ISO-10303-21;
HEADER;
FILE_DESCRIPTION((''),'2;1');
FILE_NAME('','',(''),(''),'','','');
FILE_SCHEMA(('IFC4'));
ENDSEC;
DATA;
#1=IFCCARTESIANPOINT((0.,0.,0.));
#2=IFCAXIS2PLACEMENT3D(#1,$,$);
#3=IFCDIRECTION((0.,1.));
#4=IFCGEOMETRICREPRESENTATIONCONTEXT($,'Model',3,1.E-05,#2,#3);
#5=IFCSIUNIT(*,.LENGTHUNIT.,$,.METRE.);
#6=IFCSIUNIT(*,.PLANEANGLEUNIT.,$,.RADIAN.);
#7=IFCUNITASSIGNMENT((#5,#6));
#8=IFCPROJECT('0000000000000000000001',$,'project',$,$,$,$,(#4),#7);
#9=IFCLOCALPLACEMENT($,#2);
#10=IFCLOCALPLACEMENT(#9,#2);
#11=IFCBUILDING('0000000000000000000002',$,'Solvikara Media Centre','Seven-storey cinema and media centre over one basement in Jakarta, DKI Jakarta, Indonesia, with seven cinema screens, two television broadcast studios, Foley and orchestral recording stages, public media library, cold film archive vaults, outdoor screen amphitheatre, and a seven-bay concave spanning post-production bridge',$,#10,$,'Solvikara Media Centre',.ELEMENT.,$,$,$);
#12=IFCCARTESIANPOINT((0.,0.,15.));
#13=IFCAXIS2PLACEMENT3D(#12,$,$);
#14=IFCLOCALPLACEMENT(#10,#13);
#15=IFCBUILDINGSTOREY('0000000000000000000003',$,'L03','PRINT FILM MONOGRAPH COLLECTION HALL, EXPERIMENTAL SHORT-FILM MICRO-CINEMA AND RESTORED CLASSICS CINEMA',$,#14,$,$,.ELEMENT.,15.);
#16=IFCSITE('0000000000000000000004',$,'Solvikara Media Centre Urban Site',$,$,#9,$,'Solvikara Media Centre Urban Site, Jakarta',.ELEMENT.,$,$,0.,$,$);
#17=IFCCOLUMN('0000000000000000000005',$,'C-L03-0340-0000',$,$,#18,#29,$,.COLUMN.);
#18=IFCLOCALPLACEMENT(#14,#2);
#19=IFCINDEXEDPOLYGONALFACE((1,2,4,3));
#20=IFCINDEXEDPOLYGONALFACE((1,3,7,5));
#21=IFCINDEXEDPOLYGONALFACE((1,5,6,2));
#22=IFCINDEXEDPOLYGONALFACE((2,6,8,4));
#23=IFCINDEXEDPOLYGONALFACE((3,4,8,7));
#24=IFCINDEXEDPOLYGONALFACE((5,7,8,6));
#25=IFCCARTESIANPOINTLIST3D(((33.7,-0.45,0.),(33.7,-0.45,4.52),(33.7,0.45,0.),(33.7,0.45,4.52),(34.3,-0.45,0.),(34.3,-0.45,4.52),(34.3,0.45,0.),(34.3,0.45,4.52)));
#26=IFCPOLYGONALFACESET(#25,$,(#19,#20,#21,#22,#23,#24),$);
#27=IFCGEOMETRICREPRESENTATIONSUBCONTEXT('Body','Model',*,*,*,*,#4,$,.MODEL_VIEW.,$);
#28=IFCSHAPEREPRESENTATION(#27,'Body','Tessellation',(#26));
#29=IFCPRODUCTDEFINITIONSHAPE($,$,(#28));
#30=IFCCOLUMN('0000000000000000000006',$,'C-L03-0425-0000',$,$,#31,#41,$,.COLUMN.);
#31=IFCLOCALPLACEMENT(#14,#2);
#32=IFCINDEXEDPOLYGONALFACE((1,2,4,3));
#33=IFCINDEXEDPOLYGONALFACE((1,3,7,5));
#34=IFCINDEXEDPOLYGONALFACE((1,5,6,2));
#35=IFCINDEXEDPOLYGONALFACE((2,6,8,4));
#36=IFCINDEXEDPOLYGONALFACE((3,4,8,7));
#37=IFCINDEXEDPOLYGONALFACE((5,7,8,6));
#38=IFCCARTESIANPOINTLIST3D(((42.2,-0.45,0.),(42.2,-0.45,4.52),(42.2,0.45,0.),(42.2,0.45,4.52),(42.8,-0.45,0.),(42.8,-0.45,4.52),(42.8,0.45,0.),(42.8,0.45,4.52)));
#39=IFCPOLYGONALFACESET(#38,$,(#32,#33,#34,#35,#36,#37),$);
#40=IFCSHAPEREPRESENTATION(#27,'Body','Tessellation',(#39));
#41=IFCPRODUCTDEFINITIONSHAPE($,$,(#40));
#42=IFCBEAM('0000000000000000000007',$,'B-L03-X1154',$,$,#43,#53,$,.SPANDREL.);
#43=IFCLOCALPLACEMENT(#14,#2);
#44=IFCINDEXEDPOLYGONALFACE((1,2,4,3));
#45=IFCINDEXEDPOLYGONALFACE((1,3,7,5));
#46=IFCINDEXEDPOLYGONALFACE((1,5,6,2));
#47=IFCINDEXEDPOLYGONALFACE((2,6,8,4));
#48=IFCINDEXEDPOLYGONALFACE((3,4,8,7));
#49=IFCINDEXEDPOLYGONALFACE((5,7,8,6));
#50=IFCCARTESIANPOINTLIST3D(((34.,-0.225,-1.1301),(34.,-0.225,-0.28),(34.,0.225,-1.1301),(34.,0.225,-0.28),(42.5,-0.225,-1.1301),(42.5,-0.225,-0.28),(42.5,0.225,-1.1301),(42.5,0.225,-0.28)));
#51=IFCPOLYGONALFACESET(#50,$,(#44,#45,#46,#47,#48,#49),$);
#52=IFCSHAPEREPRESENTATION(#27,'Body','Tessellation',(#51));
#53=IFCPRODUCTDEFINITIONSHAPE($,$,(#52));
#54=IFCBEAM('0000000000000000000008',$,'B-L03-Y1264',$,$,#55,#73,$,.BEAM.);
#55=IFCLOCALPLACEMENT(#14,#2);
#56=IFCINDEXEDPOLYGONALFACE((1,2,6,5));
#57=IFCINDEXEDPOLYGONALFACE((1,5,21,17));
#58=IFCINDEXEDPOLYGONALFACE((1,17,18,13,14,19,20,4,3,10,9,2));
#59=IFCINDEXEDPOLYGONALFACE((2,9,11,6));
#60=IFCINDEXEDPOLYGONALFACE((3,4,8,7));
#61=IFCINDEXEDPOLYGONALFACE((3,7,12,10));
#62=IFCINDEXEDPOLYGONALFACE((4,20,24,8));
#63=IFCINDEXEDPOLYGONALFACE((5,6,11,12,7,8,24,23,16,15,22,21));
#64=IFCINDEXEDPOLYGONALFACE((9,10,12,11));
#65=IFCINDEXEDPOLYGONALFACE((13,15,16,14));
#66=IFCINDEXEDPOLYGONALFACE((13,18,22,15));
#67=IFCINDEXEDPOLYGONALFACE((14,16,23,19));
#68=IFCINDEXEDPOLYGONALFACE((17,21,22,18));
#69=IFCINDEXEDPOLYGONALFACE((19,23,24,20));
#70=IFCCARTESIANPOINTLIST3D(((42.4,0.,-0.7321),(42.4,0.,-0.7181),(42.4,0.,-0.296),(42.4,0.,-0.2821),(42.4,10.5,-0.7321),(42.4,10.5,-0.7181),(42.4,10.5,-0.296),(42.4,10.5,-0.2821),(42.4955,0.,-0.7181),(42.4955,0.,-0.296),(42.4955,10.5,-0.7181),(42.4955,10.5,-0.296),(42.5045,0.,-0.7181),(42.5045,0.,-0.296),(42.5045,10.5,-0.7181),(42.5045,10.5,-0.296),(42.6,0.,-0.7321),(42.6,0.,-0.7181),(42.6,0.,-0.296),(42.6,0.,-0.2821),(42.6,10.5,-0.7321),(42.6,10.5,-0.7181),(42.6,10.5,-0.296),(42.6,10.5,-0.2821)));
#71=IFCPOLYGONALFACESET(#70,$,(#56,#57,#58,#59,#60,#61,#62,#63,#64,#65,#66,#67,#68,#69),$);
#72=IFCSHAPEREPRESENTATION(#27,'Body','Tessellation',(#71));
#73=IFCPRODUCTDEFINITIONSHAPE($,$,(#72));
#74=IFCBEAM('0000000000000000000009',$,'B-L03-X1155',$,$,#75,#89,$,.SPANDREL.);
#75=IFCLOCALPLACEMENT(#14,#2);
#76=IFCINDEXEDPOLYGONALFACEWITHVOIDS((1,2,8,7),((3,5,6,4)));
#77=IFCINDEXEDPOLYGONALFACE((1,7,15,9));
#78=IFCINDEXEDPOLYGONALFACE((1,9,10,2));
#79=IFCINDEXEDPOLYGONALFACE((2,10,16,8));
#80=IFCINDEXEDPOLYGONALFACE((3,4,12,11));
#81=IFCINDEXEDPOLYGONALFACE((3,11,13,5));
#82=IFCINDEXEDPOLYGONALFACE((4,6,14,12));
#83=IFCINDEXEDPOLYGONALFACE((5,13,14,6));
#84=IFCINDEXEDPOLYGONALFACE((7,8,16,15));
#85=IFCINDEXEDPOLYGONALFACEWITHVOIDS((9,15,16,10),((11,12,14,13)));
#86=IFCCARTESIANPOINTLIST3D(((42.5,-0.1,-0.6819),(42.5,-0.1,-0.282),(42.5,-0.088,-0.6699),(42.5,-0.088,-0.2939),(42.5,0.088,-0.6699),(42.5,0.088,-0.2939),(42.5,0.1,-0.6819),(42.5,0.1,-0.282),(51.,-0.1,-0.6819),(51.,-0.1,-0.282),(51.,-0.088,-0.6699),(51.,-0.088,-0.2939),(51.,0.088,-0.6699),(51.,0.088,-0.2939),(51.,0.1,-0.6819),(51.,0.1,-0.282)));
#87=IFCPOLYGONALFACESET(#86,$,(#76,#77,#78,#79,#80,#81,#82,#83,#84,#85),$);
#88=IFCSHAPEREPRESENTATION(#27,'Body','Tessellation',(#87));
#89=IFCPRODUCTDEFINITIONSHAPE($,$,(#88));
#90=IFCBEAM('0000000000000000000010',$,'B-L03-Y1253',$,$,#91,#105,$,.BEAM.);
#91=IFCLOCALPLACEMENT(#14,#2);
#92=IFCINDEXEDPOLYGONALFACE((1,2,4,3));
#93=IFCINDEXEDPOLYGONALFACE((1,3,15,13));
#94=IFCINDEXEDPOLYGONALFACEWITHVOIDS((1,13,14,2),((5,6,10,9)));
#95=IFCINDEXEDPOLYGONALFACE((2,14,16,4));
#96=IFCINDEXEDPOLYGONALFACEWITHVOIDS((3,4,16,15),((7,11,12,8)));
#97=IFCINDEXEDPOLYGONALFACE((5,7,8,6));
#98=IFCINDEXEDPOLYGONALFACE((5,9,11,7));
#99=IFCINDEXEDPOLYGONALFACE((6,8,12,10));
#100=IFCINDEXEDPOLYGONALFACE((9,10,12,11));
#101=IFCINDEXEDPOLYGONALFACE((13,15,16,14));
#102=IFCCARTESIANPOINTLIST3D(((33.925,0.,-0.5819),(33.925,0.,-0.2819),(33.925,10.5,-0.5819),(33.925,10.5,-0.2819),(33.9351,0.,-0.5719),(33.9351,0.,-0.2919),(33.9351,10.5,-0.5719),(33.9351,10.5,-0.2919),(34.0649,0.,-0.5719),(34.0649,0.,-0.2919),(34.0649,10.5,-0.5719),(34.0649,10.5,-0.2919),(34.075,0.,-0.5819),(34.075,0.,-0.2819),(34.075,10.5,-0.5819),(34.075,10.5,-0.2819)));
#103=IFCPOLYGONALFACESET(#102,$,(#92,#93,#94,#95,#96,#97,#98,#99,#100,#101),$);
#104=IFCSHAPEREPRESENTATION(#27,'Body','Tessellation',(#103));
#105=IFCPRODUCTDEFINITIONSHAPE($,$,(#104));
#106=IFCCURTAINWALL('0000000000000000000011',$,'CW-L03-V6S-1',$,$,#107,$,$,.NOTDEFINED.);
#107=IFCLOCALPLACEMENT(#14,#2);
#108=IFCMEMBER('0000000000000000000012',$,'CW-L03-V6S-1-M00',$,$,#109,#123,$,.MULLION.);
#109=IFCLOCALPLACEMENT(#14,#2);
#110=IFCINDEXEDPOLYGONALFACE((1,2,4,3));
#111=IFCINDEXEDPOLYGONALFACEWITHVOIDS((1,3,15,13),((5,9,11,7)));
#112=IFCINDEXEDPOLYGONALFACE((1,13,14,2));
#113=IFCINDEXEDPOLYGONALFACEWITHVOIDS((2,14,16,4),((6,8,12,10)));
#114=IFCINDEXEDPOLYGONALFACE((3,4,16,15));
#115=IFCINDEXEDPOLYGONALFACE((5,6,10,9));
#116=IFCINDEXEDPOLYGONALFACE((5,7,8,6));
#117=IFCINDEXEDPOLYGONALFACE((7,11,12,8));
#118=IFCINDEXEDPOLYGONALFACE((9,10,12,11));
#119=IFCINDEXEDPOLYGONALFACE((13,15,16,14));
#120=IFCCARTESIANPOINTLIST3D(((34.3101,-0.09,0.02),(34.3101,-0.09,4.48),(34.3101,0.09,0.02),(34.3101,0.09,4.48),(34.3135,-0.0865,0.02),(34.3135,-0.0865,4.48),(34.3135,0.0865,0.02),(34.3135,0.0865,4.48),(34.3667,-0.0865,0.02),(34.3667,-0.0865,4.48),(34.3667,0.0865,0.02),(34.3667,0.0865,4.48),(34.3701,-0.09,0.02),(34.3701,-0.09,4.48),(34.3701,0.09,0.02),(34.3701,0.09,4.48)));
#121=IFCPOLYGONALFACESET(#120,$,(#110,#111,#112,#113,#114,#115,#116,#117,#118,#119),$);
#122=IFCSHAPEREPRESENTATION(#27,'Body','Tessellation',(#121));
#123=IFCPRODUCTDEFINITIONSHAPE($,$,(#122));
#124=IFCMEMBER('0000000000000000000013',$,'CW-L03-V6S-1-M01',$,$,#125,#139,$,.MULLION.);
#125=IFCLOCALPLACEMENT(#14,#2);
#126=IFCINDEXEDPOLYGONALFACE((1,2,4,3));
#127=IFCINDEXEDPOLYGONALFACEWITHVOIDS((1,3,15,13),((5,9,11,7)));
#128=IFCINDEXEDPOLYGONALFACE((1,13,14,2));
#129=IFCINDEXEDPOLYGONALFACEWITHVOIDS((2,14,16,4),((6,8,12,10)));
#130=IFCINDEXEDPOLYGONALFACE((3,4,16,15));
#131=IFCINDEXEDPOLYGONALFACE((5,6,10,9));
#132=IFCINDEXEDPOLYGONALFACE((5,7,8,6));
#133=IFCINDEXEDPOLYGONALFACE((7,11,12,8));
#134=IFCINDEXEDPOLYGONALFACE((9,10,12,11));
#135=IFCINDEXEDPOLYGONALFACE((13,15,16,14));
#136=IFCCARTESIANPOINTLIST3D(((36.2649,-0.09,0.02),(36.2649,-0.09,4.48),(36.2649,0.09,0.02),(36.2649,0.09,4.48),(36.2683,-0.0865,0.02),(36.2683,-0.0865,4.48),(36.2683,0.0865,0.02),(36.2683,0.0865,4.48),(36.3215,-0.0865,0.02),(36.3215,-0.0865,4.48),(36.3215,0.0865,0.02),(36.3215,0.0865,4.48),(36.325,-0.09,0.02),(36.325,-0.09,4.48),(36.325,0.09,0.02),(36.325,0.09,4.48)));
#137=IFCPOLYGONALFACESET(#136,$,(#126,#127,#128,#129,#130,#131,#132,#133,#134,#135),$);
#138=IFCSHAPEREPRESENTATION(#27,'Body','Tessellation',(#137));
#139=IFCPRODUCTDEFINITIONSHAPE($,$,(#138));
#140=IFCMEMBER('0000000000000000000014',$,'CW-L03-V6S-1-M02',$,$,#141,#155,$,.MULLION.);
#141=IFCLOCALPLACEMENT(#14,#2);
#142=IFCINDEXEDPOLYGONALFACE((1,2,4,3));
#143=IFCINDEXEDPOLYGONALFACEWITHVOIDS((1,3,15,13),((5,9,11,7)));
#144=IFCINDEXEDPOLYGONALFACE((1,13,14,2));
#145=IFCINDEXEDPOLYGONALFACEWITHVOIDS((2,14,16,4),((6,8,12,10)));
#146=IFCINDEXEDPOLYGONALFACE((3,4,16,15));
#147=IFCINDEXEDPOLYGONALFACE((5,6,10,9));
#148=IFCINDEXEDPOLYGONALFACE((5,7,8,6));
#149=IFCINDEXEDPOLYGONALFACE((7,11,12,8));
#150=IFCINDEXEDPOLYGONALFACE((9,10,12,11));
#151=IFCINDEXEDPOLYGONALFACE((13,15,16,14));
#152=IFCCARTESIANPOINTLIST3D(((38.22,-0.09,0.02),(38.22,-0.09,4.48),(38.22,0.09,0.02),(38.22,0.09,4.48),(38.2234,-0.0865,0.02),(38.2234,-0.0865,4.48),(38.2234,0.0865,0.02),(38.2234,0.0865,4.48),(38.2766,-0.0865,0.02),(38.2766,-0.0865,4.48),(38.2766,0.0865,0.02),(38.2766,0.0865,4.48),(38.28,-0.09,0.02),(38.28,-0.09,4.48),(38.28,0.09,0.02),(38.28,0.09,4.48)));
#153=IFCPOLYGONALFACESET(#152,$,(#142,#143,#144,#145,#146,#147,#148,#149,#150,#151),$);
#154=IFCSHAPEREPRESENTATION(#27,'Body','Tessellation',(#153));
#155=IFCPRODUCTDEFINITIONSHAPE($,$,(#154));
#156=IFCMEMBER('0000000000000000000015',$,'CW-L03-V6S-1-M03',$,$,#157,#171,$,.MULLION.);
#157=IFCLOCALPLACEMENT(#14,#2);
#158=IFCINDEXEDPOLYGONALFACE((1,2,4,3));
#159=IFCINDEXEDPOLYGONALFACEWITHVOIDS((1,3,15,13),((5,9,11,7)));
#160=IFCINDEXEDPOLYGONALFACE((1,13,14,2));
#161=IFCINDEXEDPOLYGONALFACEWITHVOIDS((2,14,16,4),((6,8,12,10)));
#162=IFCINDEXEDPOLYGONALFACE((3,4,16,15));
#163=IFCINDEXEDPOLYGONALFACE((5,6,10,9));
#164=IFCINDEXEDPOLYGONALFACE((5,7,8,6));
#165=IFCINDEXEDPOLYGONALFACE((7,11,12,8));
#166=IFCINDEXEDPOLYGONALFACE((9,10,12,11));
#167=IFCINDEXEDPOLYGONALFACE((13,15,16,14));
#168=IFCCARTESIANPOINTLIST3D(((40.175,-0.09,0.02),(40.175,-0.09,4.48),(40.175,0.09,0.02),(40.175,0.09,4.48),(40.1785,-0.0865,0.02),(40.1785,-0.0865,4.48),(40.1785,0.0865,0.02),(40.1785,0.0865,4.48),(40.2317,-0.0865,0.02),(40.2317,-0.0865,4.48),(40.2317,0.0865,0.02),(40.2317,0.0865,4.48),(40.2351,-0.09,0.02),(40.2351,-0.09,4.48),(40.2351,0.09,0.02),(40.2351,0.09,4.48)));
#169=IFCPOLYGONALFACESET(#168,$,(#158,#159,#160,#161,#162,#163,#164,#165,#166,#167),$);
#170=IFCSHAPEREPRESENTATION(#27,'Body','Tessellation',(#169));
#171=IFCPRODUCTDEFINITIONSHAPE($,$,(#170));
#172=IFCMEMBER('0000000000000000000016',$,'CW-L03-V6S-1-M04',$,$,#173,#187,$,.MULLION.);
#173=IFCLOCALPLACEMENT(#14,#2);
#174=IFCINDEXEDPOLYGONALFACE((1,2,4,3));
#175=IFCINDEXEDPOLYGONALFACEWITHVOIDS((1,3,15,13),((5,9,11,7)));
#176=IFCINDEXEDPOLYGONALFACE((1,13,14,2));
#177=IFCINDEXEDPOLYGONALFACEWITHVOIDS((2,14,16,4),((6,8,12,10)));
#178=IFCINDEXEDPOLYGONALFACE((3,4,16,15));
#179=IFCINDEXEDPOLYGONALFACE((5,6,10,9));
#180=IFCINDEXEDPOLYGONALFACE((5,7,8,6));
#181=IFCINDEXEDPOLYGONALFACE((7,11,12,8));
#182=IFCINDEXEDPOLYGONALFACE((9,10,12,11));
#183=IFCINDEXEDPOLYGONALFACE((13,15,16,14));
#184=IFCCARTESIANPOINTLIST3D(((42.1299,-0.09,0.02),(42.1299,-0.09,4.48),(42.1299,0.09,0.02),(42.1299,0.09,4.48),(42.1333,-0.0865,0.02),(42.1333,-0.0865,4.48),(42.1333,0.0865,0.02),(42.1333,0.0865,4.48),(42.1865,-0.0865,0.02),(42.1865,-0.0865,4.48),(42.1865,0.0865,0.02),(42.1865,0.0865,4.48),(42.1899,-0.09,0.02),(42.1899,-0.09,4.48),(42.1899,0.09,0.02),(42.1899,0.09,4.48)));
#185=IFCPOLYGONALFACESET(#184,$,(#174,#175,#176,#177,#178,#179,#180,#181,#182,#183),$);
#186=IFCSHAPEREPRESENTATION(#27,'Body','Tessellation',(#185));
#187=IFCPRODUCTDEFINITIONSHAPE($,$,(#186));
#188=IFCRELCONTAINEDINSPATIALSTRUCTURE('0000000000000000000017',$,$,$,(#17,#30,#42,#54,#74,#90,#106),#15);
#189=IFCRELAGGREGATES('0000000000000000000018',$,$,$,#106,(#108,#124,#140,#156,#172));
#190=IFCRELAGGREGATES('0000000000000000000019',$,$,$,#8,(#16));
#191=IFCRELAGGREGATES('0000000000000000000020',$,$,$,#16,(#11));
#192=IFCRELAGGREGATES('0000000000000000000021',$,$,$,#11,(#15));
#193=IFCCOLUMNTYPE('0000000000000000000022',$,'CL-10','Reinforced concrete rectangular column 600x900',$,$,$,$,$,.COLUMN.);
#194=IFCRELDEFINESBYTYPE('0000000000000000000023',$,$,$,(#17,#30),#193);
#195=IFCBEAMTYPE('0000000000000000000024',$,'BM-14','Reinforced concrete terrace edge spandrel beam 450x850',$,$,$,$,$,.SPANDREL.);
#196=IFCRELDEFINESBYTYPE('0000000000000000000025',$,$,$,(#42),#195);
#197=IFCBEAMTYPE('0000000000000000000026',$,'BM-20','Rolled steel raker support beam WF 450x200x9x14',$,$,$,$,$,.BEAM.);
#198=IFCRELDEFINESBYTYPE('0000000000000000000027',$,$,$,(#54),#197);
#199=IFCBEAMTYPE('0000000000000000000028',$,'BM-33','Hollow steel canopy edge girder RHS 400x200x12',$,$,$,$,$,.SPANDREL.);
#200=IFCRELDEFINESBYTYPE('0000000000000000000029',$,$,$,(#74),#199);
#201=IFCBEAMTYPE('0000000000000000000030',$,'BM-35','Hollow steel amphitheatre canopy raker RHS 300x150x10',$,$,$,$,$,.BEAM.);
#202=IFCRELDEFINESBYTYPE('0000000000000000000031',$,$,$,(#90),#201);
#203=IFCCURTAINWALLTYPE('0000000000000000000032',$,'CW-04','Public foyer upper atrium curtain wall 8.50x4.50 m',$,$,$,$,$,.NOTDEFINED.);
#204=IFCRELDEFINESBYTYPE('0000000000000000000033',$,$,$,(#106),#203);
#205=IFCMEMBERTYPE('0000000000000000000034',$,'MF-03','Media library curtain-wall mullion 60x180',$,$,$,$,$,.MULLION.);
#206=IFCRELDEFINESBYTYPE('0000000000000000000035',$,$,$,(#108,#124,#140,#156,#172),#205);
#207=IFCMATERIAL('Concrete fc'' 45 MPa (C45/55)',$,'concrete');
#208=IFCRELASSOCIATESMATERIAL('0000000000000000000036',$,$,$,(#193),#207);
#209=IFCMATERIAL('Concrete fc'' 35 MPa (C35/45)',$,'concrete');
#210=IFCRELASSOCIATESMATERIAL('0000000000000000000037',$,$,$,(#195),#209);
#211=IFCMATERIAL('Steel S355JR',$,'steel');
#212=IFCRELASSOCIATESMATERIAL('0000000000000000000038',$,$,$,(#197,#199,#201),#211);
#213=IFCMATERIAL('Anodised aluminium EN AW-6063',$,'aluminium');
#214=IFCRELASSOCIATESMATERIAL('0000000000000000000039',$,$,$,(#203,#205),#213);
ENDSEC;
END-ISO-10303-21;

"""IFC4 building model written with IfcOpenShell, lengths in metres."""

from ifc_helpers import new_model, si_unit, direction, frame, origin, origin_2d, place, context, subcontext, project, spatial, rectangle, hollow_rectangle, i_section, extrude, material, material_profile, profile_set, type_object, element, aggregate, save


model = new_model("IFC4")

# Units and contexts
model_context = context("Model", 3, precision=1e-05, world=origin(), true_north=direction((0.0, 1.0)))
body_context = subcontext(model_context, "Body", "Model", "MODEL_VIEW")
ifc_project = project(units=[si_unit("LENGTHUNIT", "METRE"), si_unit("PLANEANGLEUNIT", "RADIAN")], contexts=[model_context])

# Site, building, storey
site_placement = place(None, origin())
site = spatial("IfcSite", under=ifc_project, at=site_placement, Name="Solvikara Media Centre Urban Site", LongName="Solvikara Media Centre Urban Site, Jakarta", CompositionType="ELEMENT", RefElevation=0.0)
building_placement = place(site_placement, origin())
building = spatial("IfcBuilding", under=site, at=building_placement, Name="Solvikara Media Centre", Description="Seven-storey cinema and media centre over one basement in Jakarta, DKI Jakarta, Indonesia, with seven cinema screens, two television broadcast studios, Foley and orchestral recording stages, public media library, cold film archive vaults, outdoor screen amphitheatre, and a seven-bay concave spanning post-production bridge", LongName="Solvikara Media Centre", CompositionType="ELEMENT")
storey_placement = place(building_placement, frame((0.0, 0.0, 15.0)))
storey = spatial("IfcBuildingStorey", under=building, at=storey_placement, Name="L03", Description="PRINT FILM MONOGRAPH COLLECTION HALL, EXPERIMENTAL SHORT-FILM MICRO-CINEMA AND RESTORED CLASSICS CINEMA", CompositionType="ELEMENT", Elevation=15.0)

# Columns
ifc_material_1 = material(Name="Concrete fc' 45 MPa (C45/55)", Category="concrete")
ifc_material_profile_1 = material_profile(ifc_material_1, rectangle(XDim=0.6001, YDim=0.8999, at=origin_2d()), Name="RC 600x900")
ifc_profile_set_1 = profile_set([ifc_material_profile_1], Name="Concrete fc' 45 MPa (C45/55)")
column_type = type_object("IfcColumnType", Name="CL-10", Description="Reinforced concrete rectangular column 600x900", PredefinedType="COLUMN", material=ifc_profile_set_1)
for number, where, z_axis, x_axis, name in (
    (1, (34.0, 0.0, 0.0), (0.0, 0.0, 1.0), (1.0, 0.0, 0.0), "C-L03-0340-0000"),
    (2, (42.5, 0.0, 0.0), (0.0, 0.0, 1.0), (1.0, 0.0, 0.0), "C-L03-0425-0000"),
):
    element("IfcColumn", number, at=place(storey_placement, frame(where, z_axis=z_axis, x_axis=x_axis)), inside=storey, type_object=column_type, Name=name, PredefinedType="COLUMN", context=body_context, shape_type="SweptSolid", body=[
        extrude(rectangle(XDim=0.6001, YDim=0.8999, at=origin_2d()), origin(), (0.0, 0.0, 1.0), 4.52),
    ])

# Beams
ifc_material_2 = material(Name="Concrete fc' 35 MPa (C35/45)", Category="concrete")
ifc_material_profile_2 = material_profile(ifc_material_2, rectangle(XDim=0.45, YDim=0.8501, at=origin_2d()), Name="RC 450x850")
ifc_profile_set_2 = profile_set([ifc_material_profile_2], Name="Concrete fc' 35 MPa (C35/45)")
beam_type_1 = type_object("IfcBeamType", Name="BM-14", Description="Reinforced concrete terrace edge spandrel beam 450x850", PredefinedType="SPANDREL", material=ifc_profile_set_2)
beam_1_placement = place(storey_placement, frame((34.0, 0.0, -0.7051), z_axis=(1.0, 0.0, 0.0), x_axis=(0.0, 1.0, 0.0)))
element("IfcBeam", 3, at=beam_1_placement, inside=storey, type_object=beam_type_1, Name="B-L03-X1154", PredefinedType="SPANDREL", context=body_context, shape_type="SweptSolid", body=[
    extrude(rectangle(XDim=0.45, YDim=0.8501, at=origin_2d()), origin(), (0.0, 0.0, 1.0), 8.5),
])
ifc_material_3 = material(Name="Steel S355JR", Category="steel")
ifc_material_profile_3 = material_profile(ifc_material_3, i_section(OverallWidth=0.2, OverallDepth=0.45, WebThickness=0.009, FlangeThickness=0.0139, at=origin_2d()), Name="WF 450x200x9x14")
ifc_profile_set_3 = profile_set([ifc_material_profile_3], Name="Steel S355JR")
beam_type_2 = type_object("IfcBeamType", Name="BM-20", Description="Rolled steel raker support beam WF 450x200x9x14", PredefinedType="BEAM", material=ifc_profile_set_3)
beam_2_placement = place(storey_placement, frame((42.5, 0.0, -0.5071), z_axis=(0.0, 1.0, 0.0), x_axis=(-1.0, 0.0, 0.0)))
element("IfcBeam", 4, at=beam_2_placement, inside=storey, type_object=beam_type_2, Name="B-L03-Y1264", PredefinedType="BEAM", context=body_context, shape_type="SweptSolid", body=[
    extrude(i_section(OverallWidth=0.2, OverallDepth=0.45, WebThickness=0.009, FlangeThickness=0.0139, at=origin_2d()), origin(), (0.0, 0.0, 1.0), 10.5),
])
ifc_material_profile_4 = material_profile(ifc_material_3, hollow_rectangle(XDim=0.2, YDim=0.3999, WallThickness=0.012, at=origin_2d()), Name="RHS 400x200x12")
ifc_profile_set_4 = profile_set([ifc_material_profile_4], Name="Steel S355JR")
beam_type_3 = type_object("IfcBeamType", Name="BM-33", Description="Hollow steel canopy edge girder RHS 400x200x12", PredefinedType="SPANDREL", material=ifc_profile_set_4)
beam_3_placement = place(storey_placement, frame((42.5, 0.0, -0.4819), z_axis=(1.0, 0.0, 0.0), x_axis=(0.0, 1.0, 0.0)))
element("IfcBeam", 5, at=beam_3_placement, inside=storey, type_object=beam_type_3, Name="B-L03-X1155", PredefinedType="SPANDREL", context=body_context, shape_type="SweptSolid", body=[
    extrude(hollow_rectangle(XDim=0.2, YDim=0.3999, WallThickness=0.012, at=origin_2d()), origin(), (0.0, 0.0, 1.0), 8.5),
])
ifc_material_profile_5 = material_profile(ifc_material_3, hollow_rectangle(XDim=0.1499, YDim=0.3, WallThickness=0.01, at=origin_2d()), Name="RHS 300x150x10")
ifc_profile_set_5 = profile_set([ifc_material_profile_5], Name="Steel S355JR")
beam_type_4 = type_object("IfcBeamType", Name="BM-35", Description="Hollow steel amphitheatre canopy raker RHS 300x150x10", PredefinedType="BEAM", material=ifc_profile_set_5)
beam_4_placement = place(storey_placement, frame((34.0, 0.0, -0.4319), z_axis=(0.0, 1.0, 0.0), x_axis=(-1.0, 0.0, 0.0)))
element("IfcBeam", 6, at=beam_4_placement, inside=storey, type_object=beam_type_4, Name="B-L03-Y1253", PredefinedType="BEAM", context=body_context, shape_type="SweptSolid", body=[
    extrude(hollow_rectangle(XDim=0.1499, YDim=0.3, WallThickness=0.01, at=origin_2d()), origin(), (0.0, 0.0, 1.0), 10.5),
])

# Curtain wall, members
ifc_material_4 = material(Name="Anodised aluminium EN AW-6063", Category="aluminium")
curtain_wall_type = type_object("IfcCurtainWallType", Name="CW-04", Description="Public foyer upper atrium curtain wall 8.50x4.50 m", PredefinedType="NOTDEFINED", material=ifc_material_4)
curtain_wall_placement = place(storey_placement, origin())
curtain_wall = element("IfcCurtainWall", 7, at=curtain_wall_placement, inside=storey, type_object=curtain_wall_type, Name="CW-L03-V6S-1", PredefinedType="NOTDEFINED")
ifc_material_profile_6 = material_profile(ifc_material_4, hollow_rectangle(XDim=0.0601, YDim=0.1799, WallThickness=0.0034, at=origin_2d()), Name="ALU-M 60x180x3.5")
ifc_profile_set_6 = profile_set([ifc_material_profile_6], Name="Anodised aluminium EN AW-6063")
member_type_1 = type_object("IfcMemberType", Name="MF-03", Description="Media library curtain-wall mullion 60x180", PredefinedType="MULLION", material=ifc_profile_set_6)
member_1_placement = place(storey_placement, frame((34.3401, 0.0, 0.02), z_axis=(0.0, 0.0, 1.0), x_axis=(1.0, 0.0, 0.0)))
member_1 = element("IfcMember", 8, at=member_1_placement, type_object=member_type_1, Name="CW-L03-V6S-1-M00", PredefinedType="MULLION", context=body_context, shape_type="SweptSolid", body=[
    extrude(hollow_rectangle(XDim=0.0601, YDim=0.1799, WallThickness=0.0034, at=origin_2d()), origin(), (0.0, 0.0, 1.0), 4.46),
])
member_2_placement = place(storey_placement, frame((36.2949, 0.0, 0.02), z_axis=(0.0, 0.0, 1.0), x_axis=(1.0, 0.0, 0.0)))
member_2 = element("IfcMember", 9, at=member_2_placement, type_object=member_type_1, Name="CW-L03-V6S-1-M01", PredefinedType="MULLION", context=body_context, shape_type="SweptSolid", body=[
    extrude(hollow_rectangle(XDim=0.0601, YDim=0.1799, WallThickness=0.0034, at=origin_2d()), origin(), (0.0, 0.0, 1.0), 4.46),
])
member_3_placement = place(storey_placement, frame((38.25, 0.0, 0.02), z_axis=(0.0, 0.0, 1.0), x_axis=(1.0, 0.0, 0.0)))
member_3 = element("IfcMember", 10, at=member_3_placement, type_object=member_type_1, Name="CW-L03-V6S-1-M02", PredefinedType="MULLION", context=body_context, shape_type="SweptSolid", body=[
    extrude(hollow_rectangle(XDim=0.0601, YDim=0.1799, WallThickness=0.0034, at=origin_2d()), origin(), (0.0, 0.0, 1.0), 4.46),
])
member_4_placement = place(storey_placement, frame((40.2051, 0.0, 0.02), z_axis=(0.0, 0.0, 1.0), x_axis=(1.0, 0.0, 0.0)))
member_4 = element("IfcMember", 11, at=member_4_placement, type_object=member_type_1, Name="CW-L03-V6S-1-M03", PredefinedType="MULLION", context=body_context, shape_type="SweptSolid", body=[
    extrude(hollow_rectangle(XDim=0.0601, YDim=0.1799, WallThickness=0.0034, at=origin_2d()), origin(), (0.0, 0.0, 1.0), 4.46),
])
member_5_placement = place(storey_placement, frame((42.1599, 0.0, 0.02), z_axis=(0.0, 0.0, 1.0), x_axis=(1.0, 0.0, 0.0)))
member_5 = element("IfcMember", 12, at=member_5_placement, type_object=member_type_1, Name="CW-L03-V6S-1-M04", PredefinedType="MULLION", context=body_context, shape_type="SweptSolid", body=[
    extrude(hollow_rectangle(XDim=0.0601, YDim=0.1799, WallThickness=0.0034, at=origin_2d()), origin(), (0.0, 0.0, 1.0), 4.46),
])

aggregate(curtain_wall, [member_1, member_2, member_3, member_4, member_5])

save(model, "model.ifc")
